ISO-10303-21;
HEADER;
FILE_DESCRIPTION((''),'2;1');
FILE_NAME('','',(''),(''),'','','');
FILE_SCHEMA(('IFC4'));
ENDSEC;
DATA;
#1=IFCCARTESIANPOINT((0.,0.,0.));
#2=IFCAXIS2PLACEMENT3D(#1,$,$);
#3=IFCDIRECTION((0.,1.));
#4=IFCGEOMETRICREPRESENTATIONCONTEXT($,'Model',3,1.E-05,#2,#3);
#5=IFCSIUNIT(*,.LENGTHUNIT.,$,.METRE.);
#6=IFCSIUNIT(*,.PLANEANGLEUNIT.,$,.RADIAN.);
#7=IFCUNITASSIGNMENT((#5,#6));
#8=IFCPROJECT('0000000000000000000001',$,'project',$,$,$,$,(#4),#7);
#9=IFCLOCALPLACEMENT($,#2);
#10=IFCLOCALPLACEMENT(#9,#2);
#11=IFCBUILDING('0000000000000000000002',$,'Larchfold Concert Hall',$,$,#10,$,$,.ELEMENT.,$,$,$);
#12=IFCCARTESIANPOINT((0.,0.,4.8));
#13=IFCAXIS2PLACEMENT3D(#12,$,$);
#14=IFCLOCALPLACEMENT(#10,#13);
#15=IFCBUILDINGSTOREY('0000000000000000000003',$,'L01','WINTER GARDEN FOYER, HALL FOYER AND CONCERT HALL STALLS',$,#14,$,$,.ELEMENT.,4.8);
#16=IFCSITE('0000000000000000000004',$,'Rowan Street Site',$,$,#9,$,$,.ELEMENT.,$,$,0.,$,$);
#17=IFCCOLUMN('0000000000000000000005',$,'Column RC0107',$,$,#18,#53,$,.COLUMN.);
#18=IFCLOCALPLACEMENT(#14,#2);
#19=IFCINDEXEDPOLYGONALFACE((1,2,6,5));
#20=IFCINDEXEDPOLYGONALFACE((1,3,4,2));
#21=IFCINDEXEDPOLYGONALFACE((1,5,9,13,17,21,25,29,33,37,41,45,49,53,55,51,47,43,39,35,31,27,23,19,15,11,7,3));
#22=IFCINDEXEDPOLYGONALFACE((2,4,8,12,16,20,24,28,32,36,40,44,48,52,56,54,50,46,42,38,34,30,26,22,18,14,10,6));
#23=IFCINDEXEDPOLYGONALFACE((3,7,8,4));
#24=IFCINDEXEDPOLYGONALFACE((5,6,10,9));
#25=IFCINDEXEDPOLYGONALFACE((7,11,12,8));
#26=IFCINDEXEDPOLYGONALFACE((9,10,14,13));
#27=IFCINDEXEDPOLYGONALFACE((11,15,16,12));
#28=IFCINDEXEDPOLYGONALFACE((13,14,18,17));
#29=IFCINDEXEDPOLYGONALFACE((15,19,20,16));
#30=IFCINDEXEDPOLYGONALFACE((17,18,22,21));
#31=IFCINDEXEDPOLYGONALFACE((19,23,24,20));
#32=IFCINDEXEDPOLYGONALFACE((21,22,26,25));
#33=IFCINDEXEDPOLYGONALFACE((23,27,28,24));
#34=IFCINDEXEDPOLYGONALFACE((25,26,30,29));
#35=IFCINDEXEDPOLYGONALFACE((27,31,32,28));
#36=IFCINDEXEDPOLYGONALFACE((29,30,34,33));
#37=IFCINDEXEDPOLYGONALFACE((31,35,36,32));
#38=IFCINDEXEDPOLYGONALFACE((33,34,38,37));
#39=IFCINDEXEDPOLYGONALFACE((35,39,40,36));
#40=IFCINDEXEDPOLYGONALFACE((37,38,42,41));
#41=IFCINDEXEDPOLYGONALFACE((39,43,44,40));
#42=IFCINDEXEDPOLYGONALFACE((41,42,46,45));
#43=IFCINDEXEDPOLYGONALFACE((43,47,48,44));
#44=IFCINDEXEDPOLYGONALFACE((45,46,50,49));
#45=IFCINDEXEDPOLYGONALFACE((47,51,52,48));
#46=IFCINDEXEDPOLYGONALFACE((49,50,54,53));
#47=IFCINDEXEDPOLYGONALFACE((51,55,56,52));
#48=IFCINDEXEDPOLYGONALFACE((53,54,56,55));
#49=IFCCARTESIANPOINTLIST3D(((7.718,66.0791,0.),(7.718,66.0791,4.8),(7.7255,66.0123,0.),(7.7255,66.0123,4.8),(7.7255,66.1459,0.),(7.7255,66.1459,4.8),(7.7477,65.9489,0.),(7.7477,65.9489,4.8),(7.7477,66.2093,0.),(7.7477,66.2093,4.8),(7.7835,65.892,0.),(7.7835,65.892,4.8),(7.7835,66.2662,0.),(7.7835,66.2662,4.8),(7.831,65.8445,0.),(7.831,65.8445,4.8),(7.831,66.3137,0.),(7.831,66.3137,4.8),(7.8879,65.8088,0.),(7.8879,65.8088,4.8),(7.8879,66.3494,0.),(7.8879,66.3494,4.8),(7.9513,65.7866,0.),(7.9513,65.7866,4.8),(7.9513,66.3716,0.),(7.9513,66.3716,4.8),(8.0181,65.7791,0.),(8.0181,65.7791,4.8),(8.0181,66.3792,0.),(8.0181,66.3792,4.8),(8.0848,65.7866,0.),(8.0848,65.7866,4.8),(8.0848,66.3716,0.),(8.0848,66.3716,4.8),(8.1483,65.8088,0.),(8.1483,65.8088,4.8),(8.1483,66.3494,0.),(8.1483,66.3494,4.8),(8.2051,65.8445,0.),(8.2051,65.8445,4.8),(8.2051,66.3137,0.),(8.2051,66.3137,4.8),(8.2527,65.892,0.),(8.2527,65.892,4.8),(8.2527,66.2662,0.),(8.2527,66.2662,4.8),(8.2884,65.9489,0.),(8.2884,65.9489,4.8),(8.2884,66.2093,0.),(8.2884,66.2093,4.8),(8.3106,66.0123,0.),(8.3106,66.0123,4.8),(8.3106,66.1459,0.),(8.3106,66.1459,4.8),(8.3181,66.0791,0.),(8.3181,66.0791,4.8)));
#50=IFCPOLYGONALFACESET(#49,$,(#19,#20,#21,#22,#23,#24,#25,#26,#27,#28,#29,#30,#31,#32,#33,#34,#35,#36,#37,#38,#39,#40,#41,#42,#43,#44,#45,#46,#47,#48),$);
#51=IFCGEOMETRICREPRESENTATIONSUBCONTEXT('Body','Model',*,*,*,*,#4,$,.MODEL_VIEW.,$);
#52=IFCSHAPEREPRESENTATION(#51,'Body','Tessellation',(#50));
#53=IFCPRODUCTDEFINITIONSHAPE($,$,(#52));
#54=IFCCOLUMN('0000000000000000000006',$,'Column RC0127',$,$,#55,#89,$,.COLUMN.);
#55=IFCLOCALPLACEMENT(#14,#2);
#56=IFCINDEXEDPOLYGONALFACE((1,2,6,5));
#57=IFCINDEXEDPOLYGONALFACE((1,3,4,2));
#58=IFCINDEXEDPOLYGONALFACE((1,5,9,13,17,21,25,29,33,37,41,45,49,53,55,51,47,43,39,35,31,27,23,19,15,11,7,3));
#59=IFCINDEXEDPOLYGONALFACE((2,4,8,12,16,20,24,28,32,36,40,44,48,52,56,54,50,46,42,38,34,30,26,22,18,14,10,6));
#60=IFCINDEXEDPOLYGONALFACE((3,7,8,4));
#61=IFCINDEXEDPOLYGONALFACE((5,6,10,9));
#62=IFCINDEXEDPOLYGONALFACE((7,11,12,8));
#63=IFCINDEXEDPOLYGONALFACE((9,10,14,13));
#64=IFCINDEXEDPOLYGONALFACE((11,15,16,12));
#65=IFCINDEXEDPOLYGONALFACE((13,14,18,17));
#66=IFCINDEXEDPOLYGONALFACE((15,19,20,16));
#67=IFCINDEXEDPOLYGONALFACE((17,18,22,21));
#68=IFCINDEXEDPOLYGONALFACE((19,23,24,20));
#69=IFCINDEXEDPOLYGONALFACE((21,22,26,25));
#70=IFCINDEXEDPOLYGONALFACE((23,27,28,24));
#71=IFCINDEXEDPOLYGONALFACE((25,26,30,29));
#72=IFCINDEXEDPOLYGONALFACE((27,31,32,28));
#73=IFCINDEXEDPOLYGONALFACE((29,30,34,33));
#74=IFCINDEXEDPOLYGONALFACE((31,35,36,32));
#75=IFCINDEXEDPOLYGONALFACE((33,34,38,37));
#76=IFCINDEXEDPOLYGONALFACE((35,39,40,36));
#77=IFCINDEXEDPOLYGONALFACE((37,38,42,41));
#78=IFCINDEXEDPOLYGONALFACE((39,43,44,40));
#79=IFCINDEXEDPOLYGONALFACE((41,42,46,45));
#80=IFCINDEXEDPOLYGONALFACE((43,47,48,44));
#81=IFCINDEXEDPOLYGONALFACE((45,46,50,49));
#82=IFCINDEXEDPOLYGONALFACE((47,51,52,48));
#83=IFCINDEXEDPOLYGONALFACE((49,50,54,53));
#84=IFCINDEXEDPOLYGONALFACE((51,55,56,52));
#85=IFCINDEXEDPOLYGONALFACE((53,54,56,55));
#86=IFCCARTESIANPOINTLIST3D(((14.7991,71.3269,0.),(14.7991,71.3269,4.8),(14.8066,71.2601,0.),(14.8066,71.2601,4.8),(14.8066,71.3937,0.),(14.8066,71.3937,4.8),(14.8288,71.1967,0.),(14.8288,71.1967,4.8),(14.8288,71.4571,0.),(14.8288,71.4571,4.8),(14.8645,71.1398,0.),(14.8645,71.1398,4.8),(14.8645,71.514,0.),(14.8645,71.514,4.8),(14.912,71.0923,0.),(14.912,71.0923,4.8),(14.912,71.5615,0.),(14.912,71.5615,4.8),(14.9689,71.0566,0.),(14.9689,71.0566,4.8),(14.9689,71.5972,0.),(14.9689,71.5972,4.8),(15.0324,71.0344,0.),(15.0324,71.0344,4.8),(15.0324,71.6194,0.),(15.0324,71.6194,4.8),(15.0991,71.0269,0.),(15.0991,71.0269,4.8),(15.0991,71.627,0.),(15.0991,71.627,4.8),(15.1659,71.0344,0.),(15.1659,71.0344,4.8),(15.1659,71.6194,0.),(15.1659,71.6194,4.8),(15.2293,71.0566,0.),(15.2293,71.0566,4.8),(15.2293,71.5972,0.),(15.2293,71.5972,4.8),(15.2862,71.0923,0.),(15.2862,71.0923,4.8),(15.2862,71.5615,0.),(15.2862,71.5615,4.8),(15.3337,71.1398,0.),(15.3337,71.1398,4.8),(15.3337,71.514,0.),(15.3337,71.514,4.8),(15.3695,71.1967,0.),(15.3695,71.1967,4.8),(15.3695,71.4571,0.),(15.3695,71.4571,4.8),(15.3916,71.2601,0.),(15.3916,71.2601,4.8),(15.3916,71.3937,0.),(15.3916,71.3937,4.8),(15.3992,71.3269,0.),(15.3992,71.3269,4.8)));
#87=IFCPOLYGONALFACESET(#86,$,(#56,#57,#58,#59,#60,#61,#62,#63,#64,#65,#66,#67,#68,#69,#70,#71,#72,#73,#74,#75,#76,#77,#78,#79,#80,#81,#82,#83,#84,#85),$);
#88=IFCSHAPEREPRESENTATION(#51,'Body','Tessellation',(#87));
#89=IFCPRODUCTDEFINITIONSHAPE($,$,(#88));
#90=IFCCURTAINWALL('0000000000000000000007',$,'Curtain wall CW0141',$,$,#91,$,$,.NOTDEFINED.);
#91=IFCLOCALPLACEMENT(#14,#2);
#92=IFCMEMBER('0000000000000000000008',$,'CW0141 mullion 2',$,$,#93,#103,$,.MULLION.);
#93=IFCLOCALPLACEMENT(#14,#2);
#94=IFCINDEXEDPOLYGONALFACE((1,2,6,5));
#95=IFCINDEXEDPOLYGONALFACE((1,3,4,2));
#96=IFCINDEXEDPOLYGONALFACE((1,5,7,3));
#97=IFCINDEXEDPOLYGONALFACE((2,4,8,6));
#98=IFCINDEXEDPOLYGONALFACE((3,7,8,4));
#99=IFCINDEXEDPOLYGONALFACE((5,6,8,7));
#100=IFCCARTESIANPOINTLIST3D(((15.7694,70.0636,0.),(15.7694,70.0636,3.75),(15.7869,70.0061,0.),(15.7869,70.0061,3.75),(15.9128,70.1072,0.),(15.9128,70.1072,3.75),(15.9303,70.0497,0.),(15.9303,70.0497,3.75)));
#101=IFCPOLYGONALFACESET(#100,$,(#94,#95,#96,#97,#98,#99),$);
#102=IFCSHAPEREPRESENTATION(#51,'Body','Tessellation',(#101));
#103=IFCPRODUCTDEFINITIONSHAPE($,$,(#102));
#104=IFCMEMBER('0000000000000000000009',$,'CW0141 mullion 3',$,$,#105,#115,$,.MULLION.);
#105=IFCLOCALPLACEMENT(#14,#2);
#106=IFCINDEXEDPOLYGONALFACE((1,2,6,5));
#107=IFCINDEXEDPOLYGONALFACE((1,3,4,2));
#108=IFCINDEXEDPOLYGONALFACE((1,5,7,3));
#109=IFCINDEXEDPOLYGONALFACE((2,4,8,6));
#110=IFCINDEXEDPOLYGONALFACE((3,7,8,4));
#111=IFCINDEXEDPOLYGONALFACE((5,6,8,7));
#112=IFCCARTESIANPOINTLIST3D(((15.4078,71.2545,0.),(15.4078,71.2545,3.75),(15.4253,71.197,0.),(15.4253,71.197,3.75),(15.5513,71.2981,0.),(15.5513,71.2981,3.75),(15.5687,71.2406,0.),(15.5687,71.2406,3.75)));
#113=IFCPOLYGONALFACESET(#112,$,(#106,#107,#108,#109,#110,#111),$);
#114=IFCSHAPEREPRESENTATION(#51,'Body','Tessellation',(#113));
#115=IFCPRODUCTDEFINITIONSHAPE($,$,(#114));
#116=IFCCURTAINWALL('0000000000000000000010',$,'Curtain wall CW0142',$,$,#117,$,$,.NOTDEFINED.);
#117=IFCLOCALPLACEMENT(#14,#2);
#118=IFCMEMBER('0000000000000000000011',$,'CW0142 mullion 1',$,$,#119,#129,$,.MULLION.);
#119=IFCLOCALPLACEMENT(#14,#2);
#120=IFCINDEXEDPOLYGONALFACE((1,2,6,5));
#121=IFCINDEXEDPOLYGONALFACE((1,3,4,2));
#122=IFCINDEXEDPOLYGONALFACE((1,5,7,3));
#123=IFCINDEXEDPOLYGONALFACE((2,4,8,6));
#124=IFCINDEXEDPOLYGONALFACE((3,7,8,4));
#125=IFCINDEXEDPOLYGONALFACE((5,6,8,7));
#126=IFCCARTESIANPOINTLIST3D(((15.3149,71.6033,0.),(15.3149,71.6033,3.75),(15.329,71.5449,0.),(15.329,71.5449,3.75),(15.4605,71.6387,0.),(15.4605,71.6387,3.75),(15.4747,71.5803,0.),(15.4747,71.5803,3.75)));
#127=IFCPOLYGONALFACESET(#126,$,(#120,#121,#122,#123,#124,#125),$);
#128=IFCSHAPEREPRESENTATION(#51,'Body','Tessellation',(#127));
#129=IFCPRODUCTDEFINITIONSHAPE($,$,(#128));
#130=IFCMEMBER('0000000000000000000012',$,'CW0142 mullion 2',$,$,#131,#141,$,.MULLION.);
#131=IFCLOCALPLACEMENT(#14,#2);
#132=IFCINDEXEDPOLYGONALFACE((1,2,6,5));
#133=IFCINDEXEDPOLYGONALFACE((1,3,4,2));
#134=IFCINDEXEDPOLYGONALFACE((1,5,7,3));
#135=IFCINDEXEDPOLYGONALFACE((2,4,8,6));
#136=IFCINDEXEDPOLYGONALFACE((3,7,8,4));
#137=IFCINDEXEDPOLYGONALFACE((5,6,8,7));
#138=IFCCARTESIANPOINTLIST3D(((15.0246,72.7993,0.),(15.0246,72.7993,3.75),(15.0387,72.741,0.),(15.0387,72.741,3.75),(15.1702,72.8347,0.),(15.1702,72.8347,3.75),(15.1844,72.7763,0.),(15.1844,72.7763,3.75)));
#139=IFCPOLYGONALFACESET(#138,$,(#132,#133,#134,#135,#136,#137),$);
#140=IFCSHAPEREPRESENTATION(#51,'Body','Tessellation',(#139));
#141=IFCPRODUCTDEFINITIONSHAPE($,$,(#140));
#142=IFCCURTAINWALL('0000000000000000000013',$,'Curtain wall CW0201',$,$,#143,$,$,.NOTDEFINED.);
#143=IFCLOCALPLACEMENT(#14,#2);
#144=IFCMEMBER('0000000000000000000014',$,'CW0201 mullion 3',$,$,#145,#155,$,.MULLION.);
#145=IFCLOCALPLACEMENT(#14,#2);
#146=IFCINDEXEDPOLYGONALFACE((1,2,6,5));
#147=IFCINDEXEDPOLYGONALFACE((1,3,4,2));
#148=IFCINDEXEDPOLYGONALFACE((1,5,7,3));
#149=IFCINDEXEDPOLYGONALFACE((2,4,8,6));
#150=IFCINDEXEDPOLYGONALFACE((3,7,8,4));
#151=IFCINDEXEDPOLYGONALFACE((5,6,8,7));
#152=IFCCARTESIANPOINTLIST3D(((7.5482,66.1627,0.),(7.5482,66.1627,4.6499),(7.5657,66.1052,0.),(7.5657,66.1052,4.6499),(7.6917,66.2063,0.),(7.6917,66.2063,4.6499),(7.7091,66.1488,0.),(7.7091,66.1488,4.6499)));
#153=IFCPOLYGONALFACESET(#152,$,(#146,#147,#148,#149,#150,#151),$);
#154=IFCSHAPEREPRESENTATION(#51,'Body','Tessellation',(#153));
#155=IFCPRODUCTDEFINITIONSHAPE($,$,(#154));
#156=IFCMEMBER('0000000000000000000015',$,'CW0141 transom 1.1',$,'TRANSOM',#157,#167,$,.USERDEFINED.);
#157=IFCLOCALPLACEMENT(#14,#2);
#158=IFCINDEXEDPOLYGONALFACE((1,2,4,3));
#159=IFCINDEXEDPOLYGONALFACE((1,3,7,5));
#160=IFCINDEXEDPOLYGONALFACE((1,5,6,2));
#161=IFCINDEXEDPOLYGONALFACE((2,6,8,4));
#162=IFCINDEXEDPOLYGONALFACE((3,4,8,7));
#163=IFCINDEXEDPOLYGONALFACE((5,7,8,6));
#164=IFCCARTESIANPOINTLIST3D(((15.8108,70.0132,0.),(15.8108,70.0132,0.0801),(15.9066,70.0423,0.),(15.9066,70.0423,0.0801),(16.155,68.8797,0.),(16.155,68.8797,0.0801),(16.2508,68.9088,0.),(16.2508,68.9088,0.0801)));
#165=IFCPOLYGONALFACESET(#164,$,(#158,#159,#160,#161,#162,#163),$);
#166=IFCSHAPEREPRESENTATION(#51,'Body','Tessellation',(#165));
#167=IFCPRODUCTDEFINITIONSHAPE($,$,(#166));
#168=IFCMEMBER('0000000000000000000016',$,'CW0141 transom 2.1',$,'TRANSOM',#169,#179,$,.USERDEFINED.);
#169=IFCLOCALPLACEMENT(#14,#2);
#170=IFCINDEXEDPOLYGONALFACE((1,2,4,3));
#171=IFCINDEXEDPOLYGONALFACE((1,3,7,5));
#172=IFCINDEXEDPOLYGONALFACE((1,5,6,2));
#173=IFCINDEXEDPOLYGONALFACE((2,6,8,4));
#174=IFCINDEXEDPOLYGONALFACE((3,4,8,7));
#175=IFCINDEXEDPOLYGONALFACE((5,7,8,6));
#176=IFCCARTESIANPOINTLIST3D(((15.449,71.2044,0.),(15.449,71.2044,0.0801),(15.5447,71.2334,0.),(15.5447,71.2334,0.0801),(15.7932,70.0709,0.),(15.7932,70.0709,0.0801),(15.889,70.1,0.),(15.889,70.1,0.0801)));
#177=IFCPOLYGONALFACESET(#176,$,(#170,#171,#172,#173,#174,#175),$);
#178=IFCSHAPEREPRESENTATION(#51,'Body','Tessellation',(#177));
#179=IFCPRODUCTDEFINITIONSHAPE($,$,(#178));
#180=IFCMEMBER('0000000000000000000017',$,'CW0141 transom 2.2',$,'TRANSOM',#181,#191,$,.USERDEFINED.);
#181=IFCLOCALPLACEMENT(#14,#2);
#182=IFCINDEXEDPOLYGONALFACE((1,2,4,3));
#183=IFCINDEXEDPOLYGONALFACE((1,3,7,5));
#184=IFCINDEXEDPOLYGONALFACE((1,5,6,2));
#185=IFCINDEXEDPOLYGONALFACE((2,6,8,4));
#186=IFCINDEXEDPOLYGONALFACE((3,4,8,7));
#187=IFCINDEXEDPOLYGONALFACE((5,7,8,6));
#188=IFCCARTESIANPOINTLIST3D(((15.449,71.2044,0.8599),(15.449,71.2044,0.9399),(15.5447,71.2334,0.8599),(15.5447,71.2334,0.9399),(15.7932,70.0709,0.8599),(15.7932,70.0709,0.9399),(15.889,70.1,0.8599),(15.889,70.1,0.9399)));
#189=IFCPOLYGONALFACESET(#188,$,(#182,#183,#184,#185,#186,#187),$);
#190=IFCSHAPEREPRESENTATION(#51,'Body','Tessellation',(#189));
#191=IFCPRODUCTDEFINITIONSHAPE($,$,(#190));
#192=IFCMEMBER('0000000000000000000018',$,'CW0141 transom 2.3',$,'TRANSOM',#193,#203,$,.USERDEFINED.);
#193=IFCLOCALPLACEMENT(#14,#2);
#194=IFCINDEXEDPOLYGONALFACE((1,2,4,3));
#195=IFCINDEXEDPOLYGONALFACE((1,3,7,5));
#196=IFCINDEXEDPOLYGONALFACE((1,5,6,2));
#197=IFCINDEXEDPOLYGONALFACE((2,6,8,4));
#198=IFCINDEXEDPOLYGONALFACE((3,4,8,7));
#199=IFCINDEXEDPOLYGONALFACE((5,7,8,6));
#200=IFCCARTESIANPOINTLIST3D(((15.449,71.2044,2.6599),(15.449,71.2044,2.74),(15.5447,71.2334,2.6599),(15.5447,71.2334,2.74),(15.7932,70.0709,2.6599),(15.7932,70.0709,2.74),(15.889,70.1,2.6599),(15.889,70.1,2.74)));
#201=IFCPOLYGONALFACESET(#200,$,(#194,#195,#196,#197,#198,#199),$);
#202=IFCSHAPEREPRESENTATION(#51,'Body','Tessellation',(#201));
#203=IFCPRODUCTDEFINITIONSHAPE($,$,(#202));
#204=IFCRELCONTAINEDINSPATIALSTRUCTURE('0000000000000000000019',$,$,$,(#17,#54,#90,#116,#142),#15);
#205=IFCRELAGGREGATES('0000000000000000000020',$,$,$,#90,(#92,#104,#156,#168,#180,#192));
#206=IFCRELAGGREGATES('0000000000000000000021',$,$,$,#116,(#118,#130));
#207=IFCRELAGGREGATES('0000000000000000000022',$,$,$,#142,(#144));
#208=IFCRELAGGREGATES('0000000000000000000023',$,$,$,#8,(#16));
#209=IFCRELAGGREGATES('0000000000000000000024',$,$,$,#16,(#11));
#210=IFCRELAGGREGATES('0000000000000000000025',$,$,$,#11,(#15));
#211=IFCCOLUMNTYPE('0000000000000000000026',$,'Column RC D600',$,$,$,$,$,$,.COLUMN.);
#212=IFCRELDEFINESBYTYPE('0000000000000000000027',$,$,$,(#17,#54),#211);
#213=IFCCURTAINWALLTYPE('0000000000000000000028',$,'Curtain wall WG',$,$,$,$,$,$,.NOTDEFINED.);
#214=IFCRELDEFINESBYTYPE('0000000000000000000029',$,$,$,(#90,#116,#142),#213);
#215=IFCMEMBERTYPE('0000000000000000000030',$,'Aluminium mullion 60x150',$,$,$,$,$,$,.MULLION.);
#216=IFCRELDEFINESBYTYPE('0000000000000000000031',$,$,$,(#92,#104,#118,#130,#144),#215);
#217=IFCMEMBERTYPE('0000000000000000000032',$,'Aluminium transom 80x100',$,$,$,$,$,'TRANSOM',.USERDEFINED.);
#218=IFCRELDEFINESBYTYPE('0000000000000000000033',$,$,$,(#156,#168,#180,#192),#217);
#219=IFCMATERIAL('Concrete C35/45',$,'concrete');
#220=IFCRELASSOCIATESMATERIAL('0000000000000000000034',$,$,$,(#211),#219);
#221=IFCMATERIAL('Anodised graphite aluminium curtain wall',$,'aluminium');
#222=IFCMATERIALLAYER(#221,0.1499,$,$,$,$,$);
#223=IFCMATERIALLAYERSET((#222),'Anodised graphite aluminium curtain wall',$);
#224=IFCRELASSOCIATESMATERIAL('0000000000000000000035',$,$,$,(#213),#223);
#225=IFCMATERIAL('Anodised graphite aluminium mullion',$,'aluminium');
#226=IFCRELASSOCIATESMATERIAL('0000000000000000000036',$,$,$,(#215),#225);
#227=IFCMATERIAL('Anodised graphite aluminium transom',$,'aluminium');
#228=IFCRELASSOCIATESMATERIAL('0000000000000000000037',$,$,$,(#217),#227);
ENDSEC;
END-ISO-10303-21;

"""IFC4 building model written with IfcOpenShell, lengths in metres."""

from ifc_helpers import new_model, si_unit, direction, frame, origin, origin_2d, place, context, subcontext, project, spatial, rectangle, circle, extrude, material, layer, layer_set, material_profile, profile_set, type_object, element, aggregate, save


model = new_model("IFC4")

# Units and contexts
model_context = context("Model", 3, precision=1e-05, world=origin(), true_north=direction((0.0, 1.0)))
body_context = subcontext(model_context, "Body", "Model", "MODEL_VIEW")
ifc_project = project(units=[si_unit("LENGTHUNIT", "METRE"), si_unit("PLANEANGLEUNIT", "RADIAN")], contexts=[model_context])

# Site, building, storey
site_placement = place(None, origin())
site = spatial("IfcSite", under=ifc_project, at=site_placement, Name="Rowan Street Site", CompositionType="ELEMENT", RefElevation=0.0)
building_placement = place(site_placement, origin())
building = spatial("IfcBuilding", under=site, at=building_placement, Name="Larchfold Concert Hall", CompositionType="ELEMENT")
storey_placement = place(building_placement, frame((0.0, 0.0, 4.8)))
storey = spatial("IfcBuildingStorey", under=building, at=storey_placement, Name="L01", Description="WINTER GARDEN FOYER, HALL FOYER AND CONCERT HALL STALLS", CompositionType="ELEMENT", Elevation=4.8)

# Columns
ifc_material_1 = material(Name="Concrete C35/45", Category="concrete")
ifc_material_profile_1 = material_profile(ifc_material_1, circle(Radius=0.3, at=origin_2d()))
ifc_profile_set_1 = profile_set([ifc_material_profile_1], Name="Concrete C35/45")
column_type = type_object("IfcColumnType", Name="Column RC D600", PredefinedType="COLUMN", material=ifc_profile_set_1)
for number, where, z_axis, x_axis, name in (
    (1, (8.0181, 66.0791, 0.0), (0.0, 0.0, 1.0), (1.0, 0.0, 0.0), "Column RC0107"),
    (2, (15.0991, 71.3269, 0.0), (0.0, 0.0, 1.0), (1.0, 0.0, 0.0), "Column RC0127"),
):
    element("IfcColumn", number, at=place(storey_placement, frame(where, z_axis=z_axis, x_axis=x_axis)), inside=storey, type_object=column_type, Name=name, PredefinedType="COLUMN", context=body_context, shape_type="SweptSolid", body=[
        extrude(circle(Radius=0.3, at=origin_2d()), origin(), (0.0, 0.0, 1.0), 4.8),
    ])

# Curtain walls, members
ifc_material_2 = material(Name="Anodised graphite aluminium curtain wall", Category="aluminium")
ifc_layer_1 = layer(ifc_material_2, 0.1499)
ifc_layer_set_1 = layer_set([ifc_layer_1], Name="Anodised graphite aluminium curtain wall")
curtain_wall_type = type_object("IfcCurtainWallType", Name="Curtain wall WG", PredefinedType="NOTDEFINED", material=ifc_layer_set_1)
curtain_wall_1_placement = place(storey_placement, origin())
curtain_wall_1 = element("IfcCurtainWall", 3, at=curtain_wall_1_placement, inside=storey, type_object=curtain_wall_type, Name="Curtain wall CW0141", PredefinedType="NOTDEFINED")
ifc_material_3 = material(Name="Anodised graphite aluminium mullion", Category="aluminium")
ifc_material_profile_2 = material_profile(ifc_material_3, rectangle(XDim=0.1499, YDim=0.0601, at=origin_2d()))
ifc_profile_set_2 = profile_set([ifc_material_profile_2], Name="Anodised graphite aluminium mullion")
member_type_1 = type_object("IfcMemberType", Name="Aluminium mullion 60x150", PredefinedType="MULLION", material=ifc_profile_set_2)
member_1_placement = place(storey_placement, frame((15.8499, 70.0566, 0.0), z_axis=(0.0, 0.0, 1.0), x_axis=(-0.956862, -0.290544, 0.0)))
member_1 = element("IfcMember", 4, at=member_1_placement, type_object=member_type_1, Name="CW0141 mullion 2", PredefinedType="MULLION", context=body_context, shape_type="SweptSolid", body=[
    extrude(rectangle(XDim=0.1499, YDim=0.0601, at=origin_2d()), origin(), (0.0, 0.0, 1.0), 3.75),
])
member_2_placement = place(storey_placement, frame((15.4883, 71.2476, 0.0), z_axis=(0.0, 0.0, 1.0), x_axis=(-0.956862, -0.290544, 0.0)))
member_2 = element("IfcMember", 5, at=member_2_placement, type_object=member_type_1, Name="CW0141 mullion 3", PredefinedType="MULLION", context=body_context, shape_type="SweptSolid", body=[
    extrude(rectangle(XDim=0.1499, YDim=0.0601, at=origin_2d()), origin(), (0.0, 0.0, 1.0), 3.75),
])
curtain_wall_2_placement = place(storey_placement, origin())
curtain_wall_2 = element("IfcCurtainWall", 6, at=curtain_wall_2_placement, inside=storey, type_object=curtain_wall_type, Name="Curtain wall CW0142", PredefinedType="NOTDEFINED")
member_3_placement = place(storey_placement, frame((15.3948, 71.5918, 0.0), z_axis=(0.0, 0.0, 1.0), x_axis=(-0.971766, -0.235946, 0.0)))
member_3 = element("IfcMember", 7, at=member_3_placement, type_object=member_type_1, Name="CW0142 mullion 1", PredefinedType="MULLION", context=body_context, shape_type="SweptSolid", body=[
    extrude(rectangle(XDim=0.1499, YDim=0.0601, at=origin_2d()), origin(), (0.0, 0.0, 1.0), 3.75),
])
member_4_placement = place(storey_placement, frame((15.1045, 72.7878, 0.0), z_axis=(0.0, 0.0, 1.0), x_axis=(-0.971766, -0.235946, 0.0)))
member_4 = element("IfcMember", 8, at=member_4_placement, type_object=member_type_1, Name="CW0142 mullion 2", PredefinedType="MULLION", context=body_context, shape_type="SweptSolid", body=[
    extrude(rectangle(XDim=0.1499, YDim=0.0601, at=origin_2d()), origin(), (0.0, 0.0, 1.0), 3.75),
])

# Curtain wall, member
curtain_wall_3_placement = place(storey_placement, origin())
curtain_wall_3 = element("IfcCurtainWall", 9, at=curtain_wall_3_placement, inside=storey, type_object=curtain_wall_type, Name="Curtain wall CW0201", PredefinedType="NOTDEFINED")
member_5_placement = place(storey_placement, frame((7.6287, 66.1558, 0.0), z_axis=(0.0, 0.0, 1.0), x_axis=(0.956838, 0.290622, 0.0)))
member_5 = element("IfcMember", 10, at=member_5_placement, type_object=member_type_1, Name="CW0201 mullion 3", PredefinedType="MULLION", context=body_context, shape_type="SweptSolid", body=[
    extrude(rectangle(XDim=0.1499, YDim=0.0601, at=origin_2d()), origin(), (0.0, 0.0, 1.0), 4.6499),
])

# Members
ifc_material_4 = material(Name="Anodised graphite aluminium transom", Category="aluminium")
ifc_material_profile_3 = material_profile(ifc_material_4, rectangle(XDim=0.1001, YDim=0.0801, at=origin_2d()))
ifc_profile_set_3 = profile_set([ifc_material_profile_3], Name="Anodised graphite aluminium transom")
member_type_2 = type_object("IfcMemberType", Name="Aluminium transom 80x100", ElementType="TRANSOM", PredefinedType="USERDEFINED", material=ifc_profile_set_3)
member_6_placement = place(storey_placement, frame((16.2029, 68.8943, 0.04), z_axis=(-0.290579, 0.956851, 0.0), x_axis=(-0.956851, -0.290579, 0.0)))
member_6 = element("IfcMember", 11, at=member_6_placement, type_object=member_type_2, Name="CW0141 transom 1.1", ObjectType="TRANSOM", PredefinedType="USERDEFINED", context=body_context, shape_type="SweptSolid", body=[
    extrude(rectangle(XDim=0.1001, YDim=0.0801, at=origin_2d()), origin(), (0.0, 0.0, 1.0), 1.1846),
])
member_7_placement = place(storey_placement, frame((15.8411, 70.0854, 0.04), z_axis=(-0.290579, 0.956851, 0.0), x_axis=(-0.956851, -0.290579, 0.0)))
member_7 = element("IfcMember", 12, at=member_7_placement, type_object=member_type_2, Name="CW0141 transom 2.1", ObjectType="TRANSOM", PredefinedType="USERDEFINED", context=body_context, shape_type="SweptSolid", body=[
    extrude(rectangle(XDim=0.1001, YDim=0.0801, at=origin_2d()), origin(), (0.0, 0.0, 1.0), 1.1846),
])
member_8_placement = place(storey_placement, frame((15.8411, 70.0854, 0.8999), z_axis=(-0.290579, 0.956851, 0.0), x_axis=(-0.956851, -0.290579, 0.0)))
member_8 = element("IfcMember", 13, at=member_8_placement, type_object=member_type_2, Name="CW0141 transom 2.2", ObjectType="TRANSOM", PredefinedType="USERDEFINED", context=body_context, shape_type="SweptSolid", body=[
    extrude(rectangle(XDim=0.1001, YDim=0.0801, at=origin_2d()), origin(), (0.0, 0.0, 1.0), 1.1846),
])
member_9_placement = place(storey_placement, frame((15.8411, 70.0854, 2.7), z_axis=(-0.290579, 0.956851, 0.0), x_axis=(-0.956851, -0.290579, 0.0)))
member_9 = element("IfcMember", 14, at=member_9_placement, type_object=member_type_2, Name="CW0141 transom 2.3", ObjectType="TRANSOM", PredefinedType="USERDEFINED", context=body_context, shape_type="SweptSolid", body=[
    extrude(rectangle(XDim=0.1001, YDim=0.0801, at=origin_2d()), origin(), (0.0, 0.0, 1.0), 1.1846),
])

aggregate(curtain_wall_1, [member_1, member_2, member_6, member_7, member_8, member_9])
aggregate(curtain_wall_2, [member_3, member_4])
aggregate(curtain_wall_3, [member_5])

save(model, "model.ifc")
